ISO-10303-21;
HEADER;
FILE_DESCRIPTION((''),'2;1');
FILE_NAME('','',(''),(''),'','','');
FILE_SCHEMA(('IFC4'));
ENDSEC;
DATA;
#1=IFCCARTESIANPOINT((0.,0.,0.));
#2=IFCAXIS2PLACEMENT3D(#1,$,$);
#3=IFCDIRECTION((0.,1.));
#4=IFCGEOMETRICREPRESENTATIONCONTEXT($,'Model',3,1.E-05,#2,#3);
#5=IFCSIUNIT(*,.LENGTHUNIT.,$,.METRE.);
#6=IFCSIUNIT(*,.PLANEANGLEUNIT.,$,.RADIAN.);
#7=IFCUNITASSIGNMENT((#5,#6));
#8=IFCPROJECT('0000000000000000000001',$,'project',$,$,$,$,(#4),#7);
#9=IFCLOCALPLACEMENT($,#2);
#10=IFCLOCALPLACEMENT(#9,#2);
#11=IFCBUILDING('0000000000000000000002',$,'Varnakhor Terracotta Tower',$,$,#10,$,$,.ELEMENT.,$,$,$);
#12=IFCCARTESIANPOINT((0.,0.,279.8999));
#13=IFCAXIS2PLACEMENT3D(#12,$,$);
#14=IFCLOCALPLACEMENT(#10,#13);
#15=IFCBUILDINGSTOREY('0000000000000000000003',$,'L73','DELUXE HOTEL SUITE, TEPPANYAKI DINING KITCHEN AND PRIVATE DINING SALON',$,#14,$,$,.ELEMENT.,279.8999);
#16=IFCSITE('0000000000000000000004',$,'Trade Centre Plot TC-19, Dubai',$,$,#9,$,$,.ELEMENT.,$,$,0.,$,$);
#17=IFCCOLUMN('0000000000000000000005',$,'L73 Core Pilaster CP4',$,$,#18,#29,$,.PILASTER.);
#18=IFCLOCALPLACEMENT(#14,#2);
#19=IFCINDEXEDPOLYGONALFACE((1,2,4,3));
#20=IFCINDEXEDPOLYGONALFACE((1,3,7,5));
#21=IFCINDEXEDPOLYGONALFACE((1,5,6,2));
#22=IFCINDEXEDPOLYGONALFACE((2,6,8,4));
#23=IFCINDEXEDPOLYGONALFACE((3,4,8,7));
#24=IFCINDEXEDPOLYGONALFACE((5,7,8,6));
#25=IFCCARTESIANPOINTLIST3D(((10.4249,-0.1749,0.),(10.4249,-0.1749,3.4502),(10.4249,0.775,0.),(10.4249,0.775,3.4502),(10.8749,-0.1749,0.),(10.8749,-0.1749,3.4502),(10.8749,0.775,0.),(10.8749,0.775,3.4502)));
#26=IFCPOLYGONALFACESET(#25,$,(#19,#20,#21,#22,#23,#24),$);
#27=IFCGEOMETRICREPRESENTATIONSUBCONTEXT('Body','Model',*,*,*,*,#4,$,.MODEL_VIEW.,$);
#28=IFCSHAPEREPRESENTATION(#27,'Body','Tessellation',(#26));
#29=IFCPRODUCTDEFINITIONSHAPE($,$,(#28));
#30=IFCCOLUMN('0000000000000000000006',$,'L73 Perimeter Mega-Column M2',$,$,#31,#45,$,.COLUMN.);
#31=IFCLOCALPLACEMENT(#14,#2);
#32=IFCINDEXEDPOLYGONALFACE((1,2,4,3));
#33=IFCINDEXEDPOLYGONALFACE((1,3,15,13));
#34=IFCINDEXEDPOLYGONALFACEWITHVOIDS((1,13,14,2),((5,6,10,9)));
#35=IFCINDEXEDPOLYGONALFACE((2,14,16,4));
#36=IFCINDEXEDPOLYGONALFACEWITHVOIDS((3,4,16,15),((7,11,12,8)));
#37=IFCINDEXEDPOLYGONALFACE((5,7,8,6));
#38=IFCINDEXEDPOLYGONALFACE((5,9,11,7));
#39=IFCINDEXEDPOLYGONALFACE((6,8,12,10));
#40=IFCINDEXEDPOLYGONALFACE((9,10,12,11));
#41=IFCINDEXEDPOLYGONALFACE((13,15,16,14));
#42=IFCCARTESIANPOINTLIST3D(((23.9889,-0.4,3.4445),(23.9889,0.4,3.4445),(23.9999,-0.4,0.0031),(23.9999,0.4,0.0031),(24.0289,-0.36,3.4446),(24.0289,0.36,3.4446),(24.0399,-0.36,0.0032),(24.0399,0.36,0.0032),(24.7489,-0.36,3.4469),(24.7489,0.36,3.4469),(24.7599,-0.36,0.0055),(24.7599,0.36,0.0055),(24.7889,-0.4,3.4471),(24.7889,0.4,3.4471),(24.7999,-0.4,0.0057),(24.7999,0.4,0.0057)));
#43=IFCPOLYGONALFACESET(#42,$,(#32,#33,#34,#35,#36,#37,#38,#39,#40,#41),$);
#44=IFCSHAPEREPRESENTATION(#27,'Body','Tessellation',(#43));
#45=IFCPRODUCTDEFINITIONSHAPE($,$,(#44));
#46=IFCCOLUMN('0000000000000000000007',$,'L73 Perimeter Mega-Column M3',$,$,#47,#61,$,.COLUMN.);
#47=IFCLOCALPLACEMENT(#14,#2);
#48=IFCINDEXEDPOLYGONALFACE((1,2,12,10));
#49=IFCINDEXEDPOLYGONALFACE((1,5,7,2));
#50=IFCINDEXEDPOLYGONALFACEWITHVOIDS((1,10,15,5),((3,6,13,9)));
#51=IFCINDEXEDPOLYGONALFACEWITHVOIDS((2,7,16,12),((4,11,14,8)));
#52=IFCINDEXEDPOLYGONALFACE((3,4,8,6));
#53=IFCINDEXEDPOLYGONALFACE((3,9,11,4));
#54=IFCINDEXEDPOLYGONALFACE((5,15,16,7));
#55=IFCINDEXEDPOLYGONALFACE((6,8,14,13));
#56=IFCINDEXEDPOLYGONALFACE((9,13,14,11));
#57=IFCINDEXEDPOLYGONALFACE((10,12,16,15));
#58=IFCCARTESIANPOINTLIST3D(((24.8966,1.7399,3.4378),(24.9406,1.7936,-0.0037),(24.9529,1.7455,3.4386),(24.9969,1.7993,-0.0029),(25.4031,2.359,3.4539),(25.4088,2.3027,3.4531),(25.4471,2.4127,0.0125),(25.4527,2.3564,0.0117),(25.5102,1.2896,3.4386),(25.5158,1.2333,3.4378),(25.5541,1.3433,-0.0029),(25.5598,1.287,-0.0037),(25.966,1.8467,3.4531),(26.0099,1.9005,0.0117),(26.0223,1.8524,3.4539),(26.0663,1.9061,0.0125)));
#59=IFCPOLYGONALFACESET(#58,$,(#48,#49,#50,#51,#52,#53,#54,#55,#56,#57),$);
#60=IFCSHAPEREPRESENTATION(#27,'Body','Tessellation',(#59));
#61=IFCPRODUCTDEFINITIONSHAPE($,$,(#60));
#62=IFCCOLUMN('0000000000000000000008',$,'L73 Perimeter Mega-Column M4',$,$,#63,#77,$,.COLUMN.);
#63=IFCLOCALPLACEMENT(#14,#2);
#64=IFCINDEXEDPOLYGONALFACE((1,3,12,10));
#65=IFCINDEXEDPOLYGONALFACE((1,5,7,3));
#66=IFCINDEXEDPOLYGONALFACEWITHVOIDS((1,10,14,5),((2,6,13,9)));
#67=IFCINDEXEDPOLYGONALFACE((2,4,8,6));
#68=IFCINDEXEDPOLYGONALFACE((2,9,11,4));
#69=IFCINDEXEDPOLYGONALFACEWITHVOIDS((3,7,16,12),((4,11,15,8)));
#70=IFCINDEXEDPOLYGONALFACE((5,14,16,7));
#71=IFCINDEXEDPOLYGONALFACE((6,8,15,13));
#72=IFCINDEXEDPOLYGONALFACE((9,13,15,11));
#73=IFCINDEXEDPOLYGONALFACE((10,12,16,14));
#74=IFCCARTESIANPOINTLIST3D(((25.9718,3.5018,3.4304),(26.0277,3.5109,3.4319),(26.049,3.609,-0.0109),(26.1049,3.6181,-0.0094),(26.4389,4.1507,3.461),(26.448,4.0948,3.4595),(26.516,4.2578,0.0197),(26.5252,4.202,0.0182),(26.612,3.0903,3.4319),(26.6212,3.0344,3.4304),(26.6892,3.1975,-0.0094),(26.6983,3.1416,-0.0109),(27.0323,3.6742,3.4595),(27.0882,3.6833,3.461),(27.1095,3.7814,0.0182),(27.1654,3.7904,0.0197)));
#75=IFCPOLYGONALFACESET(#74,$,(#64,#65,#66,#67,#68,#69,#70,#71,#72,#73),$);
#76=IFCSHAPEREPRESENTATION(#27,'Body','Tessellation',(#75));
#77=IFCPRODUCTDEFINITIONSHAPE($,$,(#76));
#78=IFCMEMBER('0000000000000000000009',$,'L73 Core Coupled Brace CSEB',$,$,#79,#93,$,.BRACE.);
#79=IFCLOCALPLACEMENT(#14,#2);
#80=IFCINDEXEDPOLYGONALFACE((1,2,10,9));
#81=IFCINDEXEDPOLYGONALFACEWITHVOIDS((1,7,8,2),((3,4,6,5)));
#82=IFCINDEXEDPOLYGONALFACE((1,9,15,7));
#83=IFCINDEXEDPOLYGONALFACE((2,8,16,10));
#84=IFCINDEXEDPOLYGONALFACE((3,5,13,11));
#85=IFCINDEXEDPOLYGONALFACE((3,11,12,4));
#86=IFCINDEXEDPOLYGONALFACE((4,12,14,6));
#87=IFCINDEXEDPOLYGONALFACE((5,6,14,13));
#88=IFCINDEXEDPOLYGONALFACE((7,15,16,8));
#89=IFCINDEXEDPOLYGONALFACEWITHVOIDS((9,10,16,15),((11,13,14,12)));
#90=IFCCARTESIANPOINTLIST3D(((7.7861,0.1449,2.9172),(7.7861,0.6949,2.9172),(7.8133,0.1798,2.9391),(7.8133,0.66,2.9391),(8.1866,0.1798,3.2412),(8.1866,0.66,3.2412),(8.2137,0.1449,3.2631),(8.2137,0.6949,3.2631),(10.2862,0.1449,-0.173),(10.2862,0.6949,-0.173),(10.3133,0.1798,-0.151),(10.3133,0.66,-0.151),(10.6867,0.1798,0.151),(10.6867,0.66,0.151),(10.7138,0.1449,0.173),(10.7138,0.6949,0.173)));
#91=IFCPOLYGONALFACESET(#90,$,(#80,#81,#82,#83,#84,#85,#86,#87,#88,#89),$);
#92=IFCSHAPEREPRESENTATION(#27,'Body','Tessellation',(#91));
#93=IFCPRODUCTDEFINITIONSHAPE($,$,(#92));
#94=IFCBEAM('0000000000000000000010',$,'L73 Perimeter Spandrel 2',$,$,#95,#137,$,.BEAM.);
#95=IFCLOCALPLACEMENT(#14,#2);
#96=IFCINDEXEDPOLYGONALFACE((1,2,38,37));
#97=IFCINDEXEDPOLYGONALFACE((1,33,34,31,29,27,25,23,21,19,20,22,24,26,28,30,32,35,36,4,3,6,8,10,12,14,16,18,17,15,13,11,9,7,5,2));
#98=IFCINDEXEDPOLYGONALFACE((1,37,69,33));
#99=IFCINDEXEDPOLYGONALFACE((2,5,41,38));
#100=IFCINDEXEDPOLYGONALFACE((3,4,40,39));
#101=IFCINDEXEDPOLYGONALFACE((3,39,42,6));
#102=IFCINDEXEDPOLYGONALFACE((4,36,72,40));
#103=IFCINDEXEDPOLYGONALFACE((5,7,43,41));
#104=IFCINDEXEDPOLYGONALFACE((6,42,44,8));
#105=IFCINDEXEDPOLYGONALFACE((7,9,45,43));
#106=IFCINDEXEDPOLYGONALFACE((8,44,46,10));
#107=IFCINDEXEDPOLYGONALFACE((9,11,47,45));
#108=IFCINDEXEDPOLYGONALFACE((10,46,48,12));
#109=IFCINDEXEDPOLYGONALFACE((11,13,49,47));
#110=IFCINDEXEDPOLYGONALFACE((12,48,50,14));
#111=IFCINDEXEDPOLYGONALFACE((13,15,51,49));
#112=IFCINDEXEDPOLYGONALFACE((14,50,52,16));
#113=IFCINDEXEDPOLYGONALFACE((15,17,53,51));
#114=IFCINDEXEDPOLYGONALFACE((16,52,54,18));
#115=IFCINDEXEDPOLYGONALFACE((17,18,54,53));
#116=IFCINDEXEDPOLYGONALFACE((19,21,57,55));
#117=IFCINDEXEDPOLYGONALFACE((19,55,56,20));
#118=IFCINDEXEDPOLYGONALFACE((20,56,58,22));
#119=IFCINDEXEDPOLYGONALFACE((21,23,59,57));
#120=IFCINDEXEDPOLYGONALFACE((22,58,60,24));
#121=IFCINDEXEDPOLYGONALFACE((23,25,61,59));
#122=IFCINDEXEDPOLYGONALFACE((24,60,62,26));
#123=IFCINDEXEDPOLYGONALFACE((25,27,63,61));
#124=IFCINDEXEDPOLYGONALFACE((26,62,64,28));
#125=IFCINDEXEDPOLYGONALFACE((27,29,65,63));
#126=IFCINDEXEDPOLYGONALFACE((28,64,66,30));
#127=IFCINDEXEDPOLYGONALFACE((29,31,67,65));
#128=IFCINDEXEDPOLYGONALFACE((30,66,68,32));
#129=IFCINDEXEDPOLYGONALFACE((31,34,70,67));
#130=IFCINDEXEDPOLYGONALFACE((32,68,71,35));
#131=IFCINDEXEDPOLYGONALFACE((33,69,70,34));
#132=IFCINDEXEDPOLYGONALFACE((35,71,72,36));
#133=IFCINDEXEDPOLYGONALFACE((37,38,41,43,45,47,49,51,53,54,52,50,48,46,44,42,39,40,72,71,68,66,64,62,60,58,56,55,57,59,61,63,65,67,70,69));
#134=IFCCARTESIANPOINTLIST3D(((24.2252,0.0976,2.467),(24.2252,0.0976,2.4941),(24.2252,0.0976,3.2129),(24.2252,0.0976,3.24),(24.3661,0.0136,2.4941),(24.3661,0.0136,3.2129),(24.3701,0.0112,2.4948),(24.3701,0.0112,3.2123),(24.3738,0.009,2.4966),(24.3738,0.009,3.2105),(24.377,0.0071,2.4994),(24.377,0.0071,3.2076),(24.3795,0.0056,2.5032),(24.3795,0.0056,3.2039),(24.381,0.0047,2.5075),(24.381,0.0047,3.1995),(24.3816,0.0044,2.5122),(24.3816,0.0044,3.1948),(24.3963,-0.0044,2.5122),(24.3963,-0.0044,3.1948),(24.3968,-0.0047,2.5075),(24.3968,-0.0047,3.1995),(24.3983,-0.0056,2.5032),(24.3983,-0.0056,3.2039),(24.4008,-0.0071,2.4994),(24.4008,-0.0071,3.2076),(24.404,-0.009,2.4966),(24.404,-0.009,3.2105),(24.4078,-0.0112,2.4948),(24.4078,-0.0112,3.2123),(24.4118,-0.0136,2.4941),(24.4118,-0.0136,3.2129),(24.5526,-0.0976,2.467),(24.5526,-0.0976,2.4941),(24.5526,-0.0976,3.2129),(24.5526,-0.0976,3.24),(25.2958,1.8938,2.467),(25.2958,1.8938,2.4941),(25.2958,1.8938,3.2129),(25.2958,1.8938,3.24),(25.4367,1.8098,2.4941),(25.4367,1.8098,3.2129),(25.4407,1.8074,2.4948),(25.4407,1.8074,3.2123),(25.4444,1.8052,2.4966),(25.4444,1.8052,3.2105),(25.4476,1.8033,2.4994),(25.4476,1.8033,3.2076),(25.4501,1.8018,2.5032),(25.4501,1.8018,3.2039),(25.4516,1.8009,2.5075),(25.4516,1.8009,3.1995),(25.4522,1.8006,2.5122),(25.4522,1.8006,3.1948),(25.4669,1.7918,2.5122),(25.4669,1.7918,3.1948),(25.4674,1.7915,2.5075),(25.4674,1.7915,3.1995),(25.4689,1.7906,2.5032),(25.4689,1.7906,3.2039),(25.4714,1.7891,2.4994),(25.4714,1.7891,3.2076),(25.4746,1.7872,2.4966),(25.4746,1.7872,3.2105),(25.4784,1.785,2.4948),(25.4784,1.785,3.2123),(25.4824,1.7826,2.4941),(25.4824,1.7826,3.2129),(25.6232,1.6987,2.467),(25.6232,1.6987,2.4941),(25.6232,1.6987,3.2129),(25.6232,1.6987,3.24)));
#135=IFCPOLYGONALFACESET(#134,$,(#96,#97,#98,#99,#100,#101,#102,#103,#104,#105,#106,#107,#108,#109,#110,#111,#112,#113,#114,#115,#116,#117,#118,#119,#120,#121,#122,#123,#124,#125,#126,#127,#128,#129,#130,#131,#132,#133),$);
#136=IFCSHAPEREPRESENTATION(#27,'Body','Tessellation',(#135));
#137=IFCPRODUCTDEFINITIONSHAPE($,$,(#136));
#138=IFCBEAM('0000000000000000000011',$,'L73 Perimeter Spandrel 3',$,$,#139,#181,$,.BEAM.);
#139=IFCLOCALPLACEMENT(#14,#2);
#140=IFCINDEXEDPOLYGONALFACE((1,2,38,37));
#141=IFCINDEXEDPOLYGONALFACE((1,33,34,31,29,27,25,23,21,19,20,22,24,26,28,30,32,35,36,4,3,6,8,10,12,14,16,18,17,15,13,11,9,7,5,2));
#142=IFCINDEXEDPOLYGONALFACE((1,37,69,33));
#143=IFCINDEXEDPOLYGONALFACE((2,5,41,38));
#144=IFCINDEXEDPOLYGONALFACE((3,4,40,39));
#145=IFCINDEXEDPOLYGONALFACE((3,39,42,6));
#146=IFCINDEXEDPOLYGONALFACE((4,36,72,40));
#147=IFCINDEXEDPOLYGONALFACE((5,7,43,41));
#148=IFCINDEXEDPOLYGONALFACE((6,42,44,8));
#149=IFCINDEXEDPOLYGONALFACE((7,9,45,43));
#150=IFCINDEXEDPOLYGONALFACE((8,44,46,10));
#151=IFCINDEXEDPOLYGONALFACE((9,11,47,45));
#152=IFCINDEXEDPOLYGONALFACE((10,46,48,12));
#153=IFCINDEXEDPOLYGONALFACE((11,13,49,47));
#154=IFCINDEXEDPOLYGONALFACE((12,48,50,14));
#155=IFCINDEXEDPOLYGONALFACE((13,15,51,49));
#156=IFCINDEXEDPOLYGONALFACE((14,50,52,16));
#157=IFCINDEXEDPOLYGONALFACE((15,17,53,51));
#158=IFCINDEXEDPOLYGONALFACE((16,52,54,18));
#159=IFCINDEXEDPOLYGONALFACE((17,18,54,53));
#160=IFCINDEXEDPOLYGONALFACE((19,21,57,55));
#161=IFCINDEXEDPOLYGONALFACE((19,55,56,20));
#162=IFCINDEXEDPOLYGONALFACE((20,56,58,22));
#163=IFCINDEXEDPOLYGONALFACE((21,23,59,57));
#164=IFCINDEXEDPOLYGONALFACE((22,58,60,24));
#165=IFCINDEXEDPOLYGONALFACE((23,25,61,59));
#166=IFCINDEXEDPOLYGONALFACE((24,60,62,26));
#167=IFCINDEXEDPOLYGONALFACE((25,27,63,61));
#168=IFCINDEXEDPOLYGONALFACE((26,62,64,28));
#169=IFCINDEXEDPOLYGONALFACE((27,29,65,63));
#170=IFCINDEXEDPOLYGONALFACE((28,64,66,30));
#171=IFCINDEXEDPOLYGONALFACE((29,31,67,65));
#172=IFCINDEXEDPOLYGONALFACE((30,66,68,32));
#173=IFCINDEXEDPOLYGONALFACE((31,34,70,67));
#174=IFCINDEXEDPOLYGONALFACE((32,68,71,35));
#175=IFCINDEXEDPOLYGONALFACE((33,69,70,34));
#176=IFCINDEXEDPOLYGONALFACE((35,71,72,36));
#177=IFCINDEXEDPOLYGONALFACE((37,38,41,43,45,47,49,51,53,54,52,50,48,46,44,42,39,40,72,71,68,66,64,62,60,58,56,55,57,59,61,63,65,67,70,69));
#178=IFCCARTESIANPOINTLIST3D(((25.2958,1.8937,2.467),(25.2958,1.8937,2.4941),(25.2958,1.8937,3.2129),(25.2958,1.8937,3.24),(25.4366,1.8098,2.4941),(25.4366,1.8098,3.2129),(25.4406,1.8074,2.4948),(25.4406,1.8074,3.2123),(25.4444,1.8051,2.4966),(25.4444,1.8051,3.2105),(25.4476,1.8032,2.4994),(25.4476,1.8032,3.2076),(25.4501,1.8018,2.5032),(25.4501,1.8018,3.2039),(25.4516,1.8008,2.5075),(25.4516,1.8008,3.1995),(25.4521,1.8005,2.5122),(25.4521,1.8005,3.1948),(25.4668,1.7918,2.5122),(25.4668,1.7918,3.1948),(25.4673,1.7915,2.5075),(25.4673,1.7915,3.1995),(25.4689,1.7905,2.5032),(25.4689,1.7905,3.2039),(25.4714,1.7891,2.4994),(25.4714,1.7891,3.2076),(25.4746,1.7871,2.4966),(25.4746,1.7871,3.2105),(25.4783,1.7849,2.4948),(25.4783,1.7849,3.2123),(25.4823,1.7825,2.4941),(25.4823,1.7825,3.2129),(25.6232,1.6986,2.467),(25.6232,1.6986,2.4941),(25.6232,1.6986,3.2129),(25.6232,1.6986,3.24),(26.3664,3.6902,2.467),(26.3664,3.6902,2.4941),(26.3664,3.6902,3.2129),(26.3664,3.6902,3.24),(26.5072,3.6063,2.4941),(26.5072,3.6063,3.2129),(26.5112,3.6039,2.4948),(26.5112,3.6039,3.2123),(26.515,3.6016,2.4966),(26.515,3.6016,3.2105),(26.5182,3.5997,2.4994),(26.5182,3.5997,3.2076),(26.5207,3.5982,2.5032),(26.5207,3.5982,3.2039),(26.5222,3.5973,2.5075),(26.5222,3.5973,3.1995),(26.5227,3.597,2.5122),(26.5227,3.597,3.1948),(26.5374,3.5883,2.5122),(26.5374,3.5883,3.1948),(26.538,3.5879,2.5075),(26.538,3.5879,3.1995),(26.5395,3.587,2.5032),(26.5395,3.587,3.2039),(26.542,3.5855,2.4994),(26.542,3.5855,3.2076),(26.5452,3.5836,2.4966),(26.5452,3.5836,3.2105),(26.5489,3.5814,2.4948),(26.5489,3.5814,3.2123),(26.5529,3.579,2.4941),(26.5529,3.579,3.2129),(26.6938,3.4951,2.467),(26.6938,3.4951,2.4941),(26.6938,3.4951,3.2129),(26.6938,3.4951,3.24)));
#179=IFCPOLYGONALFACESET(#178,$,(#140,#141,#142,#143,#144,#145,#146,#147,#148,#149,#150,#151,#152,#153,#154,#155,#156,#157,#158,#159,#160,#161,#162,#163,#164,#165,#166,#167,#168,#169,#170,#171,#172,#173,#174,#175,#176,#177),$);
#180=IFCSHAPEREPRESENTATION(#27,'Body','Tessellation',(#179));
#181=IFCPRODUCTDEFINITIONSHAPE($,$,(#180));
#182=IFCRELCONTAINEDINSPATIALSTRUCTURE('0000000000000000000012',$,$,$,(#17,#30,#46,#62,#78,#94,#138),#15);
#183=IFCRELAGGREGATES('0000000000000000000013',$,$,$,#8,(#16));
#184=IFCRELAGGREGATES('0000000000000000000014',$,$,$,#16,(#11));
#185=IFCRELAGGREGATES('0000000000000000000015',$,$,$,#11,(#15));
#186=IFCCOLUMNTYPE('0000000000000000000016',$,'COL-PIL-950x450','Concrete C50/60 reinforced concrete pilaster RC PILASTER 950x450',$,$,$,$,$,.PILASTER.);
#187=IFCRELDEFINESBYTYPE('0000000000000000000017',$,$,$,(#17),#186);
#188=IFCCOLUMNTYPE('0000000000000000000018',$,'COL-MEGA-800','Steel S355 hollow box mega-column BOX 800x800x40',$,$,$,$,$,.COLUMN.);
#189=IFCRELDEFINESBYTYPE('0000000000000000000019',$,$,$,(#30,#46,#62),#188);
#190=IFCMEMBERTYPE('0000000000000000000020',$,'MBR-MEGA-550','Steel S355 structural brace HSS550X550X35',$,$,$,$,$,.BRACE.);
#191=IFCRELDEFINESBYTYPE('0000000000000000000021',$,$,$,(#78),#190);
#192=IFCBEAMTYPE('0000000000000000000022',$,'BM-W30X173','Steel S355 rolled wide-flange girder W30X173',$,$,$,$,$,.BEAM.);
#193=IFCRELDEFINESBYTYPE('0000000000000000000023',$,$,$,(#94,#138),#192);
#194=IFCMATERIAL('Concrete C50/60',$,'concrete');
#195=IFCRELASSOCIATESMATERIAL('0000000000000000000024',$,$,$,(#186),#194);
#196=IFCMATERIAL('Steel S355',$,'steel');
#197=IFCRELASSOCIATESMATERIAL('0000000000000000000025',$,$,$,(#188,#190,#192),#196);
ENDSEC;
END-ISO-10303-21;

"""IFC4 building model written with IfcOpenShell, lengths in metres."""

from ifc_helpers import new_model, si_unit, direction, frame, origin, origin_2d, place, context, subcontext, project, spatial, rectangle, hollow_rectangle, i_section, extrude, source, transform, mapped, material, material_profile, profile_set, type_object, type_shapes, element, save


model = new_model("IFC4")

# Units and contexts
model_context = context("Model", 3, precision=1e-05, world=origin(), true_north=direction((0.0, 1.0)))
body_context = subcontext(model_context, "Body", "Model", "MODEL_VIEW")
ifc_project = project(units=[si_unit("LENGTHUNIT", "METRE"), si_unit("PLANEANGLEUNIT", "RADIAN")], contexts=[model_context])

# Site, building, storey
site_placement = place(None, origin())
site = spatial("IfcSite", under=ifc_project, at=site_placement, Name="Trade Centre Plot TC-19, Dubai", CompositionType="ELEMENT", RefElevation=0.0)
building_placement = place(site_placement, origin())
building = spatial("IfcBuilding", under=site, at=building_placement, Name="Varnakhor Terracotta Tower", CompositionType="ELEMENT")
storey_placement = place(building_placement, frame((0.0, 0.0, 279.8999)))
storey = spatial("IfcBuildingStorey", under=building, at=storey_placement, Name="L73", Description="DELUXE HOTEL SUITE, TEPPANYAKI DINING KITCHEN AND PRIVATE DINING SALON", CompositionType="ELEMENT", Elevation=279.8999)

# Columns
ifc_material_1 = material(Name="Concrete C50/60", Category="concrete")
ifc_material_profile_1 = material_profile(ifc_material_1, rectangle(XDim=0.45, YDim=0.95, at=origin_2d()), Name="RC PILASTER 950x450")
ifc_profile_set_1 = profile_set([ifc_material_profile_1], Name="Concrete C50/60")
column_type_1 = type_object("IfcColumnType", Name="COL-PIL-950x450", Description="Concrete C50/60 reinforced concrete pilaster RC PILASTER 950x450", PredefinedType="PILASTER", material=ifc_profile_set_1)
shared_shape_1 = source(origin(), body_context, "Body", "SweptSolid", [
    extrude(rectangle(XDim=0.45, YDim=0.95, at=origin_2d()), origin(), (0.0, 0.0, 1.0), 3.4502),
])
column_1_placement = place(storey_placement, frame((10.6499, 0.3, 0.0), z_axis=(0.0, 0.0, 1.0), x_axis=(1.0, 0.0, 0.0)))
element("IfcColumn", 1, at=column_1_placement, inside=storey, type_object=column_type_1, Name="L73 Core Pilaster CP4", PredefinedType="PILASTER", context=body_context, shape_type="MappedRepresentation", body=[
    mapped(shared_shape_1, transform((0.0, 0.0, 0.0), scale=1.0)),
])
ifc_material_2 = material(Name="Steel S355", Category="steel")
ifc_material_profile_2 = material_profile(ifc_material_2, hollow_rectangle(XDim=0.8, YDim=0.8, WallThickness=0.04, at=origin_2d()), Name="BOX 800x800x40")
ifc_profile_set_2 = profile_set([ifc_material_profile_2], Name="Steel S355")
column_type_2 = type_object("IfcColumnType", Name="COL-MEGA-800", Description="Steel S355 hollow box mega-column BOX 800x800x40", PredefinedType="COLUMN", material=ifc_profile_set_2)
shared_shape_2 = source(origin(), body_context, "Body", "SweptSolid", [
    extrude(hollow_rectangle(XDim=0.8, YDim=0.8, WallThickness=0.04, at=origin_2d()), origin(), (0.0, 0.0, 1.0), 3.4414),
])
type_shapes(column_type_2, [shared_shape_2])
column_2_placement = place(storey_placement, frame((24.3999, 0.0, 0.0044), z_axis=(-0.003192, 0.0, 0.999995), x_axis=(0.0, -1.0, 0.0)))
element("IfcColumn", 2, at=column_2_placement, inside=storey, type_object=column_type_2, Name="L73 Perimeter Mega-Column M2", PredefinedType="COLUMN", context=body_context, shape_type="MappedRepresentation", body=[
    mapped(shared_shape_2, transform((0.0, 0.0, 0.0), scale=1.0)),
])
shared_shape_3 = source(origin(), body_context, "Body", "SweptSolid", [
    extrude(hollow_rectangle(XDim=0.8, YDim=0.8, WallThickness=0.04, at=origin_2d()), origin(), (0.0, 0.0, 1.0), 3.4421),
])
column_3_placement = place(storey_placement, frame((25.5034, 1.8499, 0.0044), z_axis=(-0.012767, -0.015604, 0.999797), x_axis=(0.773957, -0.633238, 0.0)))
element("IfcColumn", 3, at=column_3_placement, inside=storey, type_object=column_type_2, Name="L73 Perimeter Mega-Column M3", PredefinedType="COLUMN", context=body_context, shape_type="MappedRepresentation", body=[
    mapped(shared_shape_3, transform((0.0, 0.0, 0.0), scale=1.0)),
])
shared_shape_4 = source(origin(), body_context, "Body", "SweptSolid", [
    extrude(hollow_rectangle(XDim=0.8, YDim=0.8, WallThickness=0.04, at=origin_2d()), origin(), (0.0, 0.0, 1.0), 3.4438),
])
column_4_placement = place(storey_placement, frame((26.6072, 3.6997, 0.0044), z_axis=(-0.022401, -0.031121, 0.999265), x_axis=(0.811604, -0.584207, 0.0)))
element("IfcColumn", 4, at=column_4_placement, inside=storey, type_object=column_type_2, Name="L73 Perimeter Mega-Column M4", PredefinedType="COLUMN", context=body_context, shape_type="MappedRepresentation", body=[
    mapped(shared_shape_4, transform((0.0, 0.0, 0.0), scale=1.0)),
])

# Member
ifc_material_profile_3 = material_profile(ifc_material_2, hollow_rectangle(XDim=0.55, YDim=0.55, WallThickness=0.0349, at=origin_2d()), Name="HSS550X550X35")
ifc_profile_set_3 = profile_set([ifc_material_profile_3], Name="Steel S355")
member_type_1 = type_object("IfcMemberType", Name="MBR-MEGA-550", Description="Steel S355 structural brace HSS550X550X35", PredefinedType="BRACE", material=ifc_profile_set_3)
shared_shape_5 = source(origin(), body_context, "Body", "SweptSolid", [
    extrude(hollow_rectangle(XDim=0.55, YDim=0.55, WallThickness=0.0349, at=origin_2d()), origin(), (0.0, 0.0, 1.0), 3.9749),
])
member_1_placement = place(storey_placement, frame((10.5, 0.4199, 0.0), z_axis=(-0.62897, 0.0, 0.777429), x_axis=(0.0, -1.0, 0.0)))
element("IfcMember", 5, at=member_1_placement, inside=storey, type_object=member_type_1, Name="L73 Core Coupled Brace CSEB", PredefinedType="BRACE", context=body_context, shape_type="MappedRepresentation", body=[
    mapped(shared_shape_5, transform((0.0, 0.0, 0.0), scale=1.0)),
])

# Beams
ifc_material_profile_4 = material_profile(ifc_material_2, i_section(OverallWidth=0.3811, OverallDepth=0.7729, WebThickness=0.0171, FlangeThickness=0.0271, FilletRadius=0.0181, at=origin_2d()), Name="W30X173")
ifc_profile_set_4 = profile_set([ifc_material_profile_4], Name="Steel S355")
beam_type_1 = type_object("IfcBeamType", Name="BM-W30X173", Description="Steel S355 rolled wide-flange girder W30X173", PredefinedType="BEAM", material=ifc_profile_set_4)
shared_shape_6 = source(origin(), body_context, "Body", "SweptSolid", [
    extrude(i_section(OverallWidth=0.3811, OverallDepth=0.7729, WebThickness=0.0171, FlangeThickness=0.0271, FilletRadius=0.0181, at=origin_2d()), origin(), (0.0, 0.0, 1.0), 2.0911),
])
beam_1_placement = place(storey_placement, frame((24.3889, 0.0, 2.8535), z_axis=(0.511987, 0.858993, 0.0), x_axis=(-0.858993, 0.511987, 0.0)))
element("IfcBeam", 6, at=beam_1_placement, inside=storey, type_object=beam_type_1, Name="L73 Perimeter Spandrel 2", PredefinedType="BEAM", context=body_context, shape_type="MappedRepresentation", body=[
    mapped(shared_shape_6, transform((0.0, 0.0, 0.0), scale=1.0)),
])
shared_shape_7 = source(origin(), body_context, "Body", "SweptSolid", [
    extrude(i_section(OverallWidth=0.3811, OverallDepth=0.7729, WebThickness=0.0171, FlangeThickness=0.0271, FilletRadius=0.0181, at=origin_2d()), origin(), (0.0, 0.0, 1.0), 2.0913),
])
beam_2_placement = place(storey_placement, frame((25.4595, 1.7961, 2.8535), z_axis=(0.511935, 0.859024, 0.0), x_axis=(-0.859024, 0.511935, 0.0)))
element("IfcBeam", 7, at=beam_2_placement, inside=storey, type_object=beam_type_1, Name="L73 Perimeter Spandrel 3", PredefinedType="BEAM", context=body_context, shape_type="MappedRepresentation", body=[
    mapped(shared_shape_7, transform((0.0, 0.0, 0.0), scale=1.0)),
])

save(model, "model.ifc")
